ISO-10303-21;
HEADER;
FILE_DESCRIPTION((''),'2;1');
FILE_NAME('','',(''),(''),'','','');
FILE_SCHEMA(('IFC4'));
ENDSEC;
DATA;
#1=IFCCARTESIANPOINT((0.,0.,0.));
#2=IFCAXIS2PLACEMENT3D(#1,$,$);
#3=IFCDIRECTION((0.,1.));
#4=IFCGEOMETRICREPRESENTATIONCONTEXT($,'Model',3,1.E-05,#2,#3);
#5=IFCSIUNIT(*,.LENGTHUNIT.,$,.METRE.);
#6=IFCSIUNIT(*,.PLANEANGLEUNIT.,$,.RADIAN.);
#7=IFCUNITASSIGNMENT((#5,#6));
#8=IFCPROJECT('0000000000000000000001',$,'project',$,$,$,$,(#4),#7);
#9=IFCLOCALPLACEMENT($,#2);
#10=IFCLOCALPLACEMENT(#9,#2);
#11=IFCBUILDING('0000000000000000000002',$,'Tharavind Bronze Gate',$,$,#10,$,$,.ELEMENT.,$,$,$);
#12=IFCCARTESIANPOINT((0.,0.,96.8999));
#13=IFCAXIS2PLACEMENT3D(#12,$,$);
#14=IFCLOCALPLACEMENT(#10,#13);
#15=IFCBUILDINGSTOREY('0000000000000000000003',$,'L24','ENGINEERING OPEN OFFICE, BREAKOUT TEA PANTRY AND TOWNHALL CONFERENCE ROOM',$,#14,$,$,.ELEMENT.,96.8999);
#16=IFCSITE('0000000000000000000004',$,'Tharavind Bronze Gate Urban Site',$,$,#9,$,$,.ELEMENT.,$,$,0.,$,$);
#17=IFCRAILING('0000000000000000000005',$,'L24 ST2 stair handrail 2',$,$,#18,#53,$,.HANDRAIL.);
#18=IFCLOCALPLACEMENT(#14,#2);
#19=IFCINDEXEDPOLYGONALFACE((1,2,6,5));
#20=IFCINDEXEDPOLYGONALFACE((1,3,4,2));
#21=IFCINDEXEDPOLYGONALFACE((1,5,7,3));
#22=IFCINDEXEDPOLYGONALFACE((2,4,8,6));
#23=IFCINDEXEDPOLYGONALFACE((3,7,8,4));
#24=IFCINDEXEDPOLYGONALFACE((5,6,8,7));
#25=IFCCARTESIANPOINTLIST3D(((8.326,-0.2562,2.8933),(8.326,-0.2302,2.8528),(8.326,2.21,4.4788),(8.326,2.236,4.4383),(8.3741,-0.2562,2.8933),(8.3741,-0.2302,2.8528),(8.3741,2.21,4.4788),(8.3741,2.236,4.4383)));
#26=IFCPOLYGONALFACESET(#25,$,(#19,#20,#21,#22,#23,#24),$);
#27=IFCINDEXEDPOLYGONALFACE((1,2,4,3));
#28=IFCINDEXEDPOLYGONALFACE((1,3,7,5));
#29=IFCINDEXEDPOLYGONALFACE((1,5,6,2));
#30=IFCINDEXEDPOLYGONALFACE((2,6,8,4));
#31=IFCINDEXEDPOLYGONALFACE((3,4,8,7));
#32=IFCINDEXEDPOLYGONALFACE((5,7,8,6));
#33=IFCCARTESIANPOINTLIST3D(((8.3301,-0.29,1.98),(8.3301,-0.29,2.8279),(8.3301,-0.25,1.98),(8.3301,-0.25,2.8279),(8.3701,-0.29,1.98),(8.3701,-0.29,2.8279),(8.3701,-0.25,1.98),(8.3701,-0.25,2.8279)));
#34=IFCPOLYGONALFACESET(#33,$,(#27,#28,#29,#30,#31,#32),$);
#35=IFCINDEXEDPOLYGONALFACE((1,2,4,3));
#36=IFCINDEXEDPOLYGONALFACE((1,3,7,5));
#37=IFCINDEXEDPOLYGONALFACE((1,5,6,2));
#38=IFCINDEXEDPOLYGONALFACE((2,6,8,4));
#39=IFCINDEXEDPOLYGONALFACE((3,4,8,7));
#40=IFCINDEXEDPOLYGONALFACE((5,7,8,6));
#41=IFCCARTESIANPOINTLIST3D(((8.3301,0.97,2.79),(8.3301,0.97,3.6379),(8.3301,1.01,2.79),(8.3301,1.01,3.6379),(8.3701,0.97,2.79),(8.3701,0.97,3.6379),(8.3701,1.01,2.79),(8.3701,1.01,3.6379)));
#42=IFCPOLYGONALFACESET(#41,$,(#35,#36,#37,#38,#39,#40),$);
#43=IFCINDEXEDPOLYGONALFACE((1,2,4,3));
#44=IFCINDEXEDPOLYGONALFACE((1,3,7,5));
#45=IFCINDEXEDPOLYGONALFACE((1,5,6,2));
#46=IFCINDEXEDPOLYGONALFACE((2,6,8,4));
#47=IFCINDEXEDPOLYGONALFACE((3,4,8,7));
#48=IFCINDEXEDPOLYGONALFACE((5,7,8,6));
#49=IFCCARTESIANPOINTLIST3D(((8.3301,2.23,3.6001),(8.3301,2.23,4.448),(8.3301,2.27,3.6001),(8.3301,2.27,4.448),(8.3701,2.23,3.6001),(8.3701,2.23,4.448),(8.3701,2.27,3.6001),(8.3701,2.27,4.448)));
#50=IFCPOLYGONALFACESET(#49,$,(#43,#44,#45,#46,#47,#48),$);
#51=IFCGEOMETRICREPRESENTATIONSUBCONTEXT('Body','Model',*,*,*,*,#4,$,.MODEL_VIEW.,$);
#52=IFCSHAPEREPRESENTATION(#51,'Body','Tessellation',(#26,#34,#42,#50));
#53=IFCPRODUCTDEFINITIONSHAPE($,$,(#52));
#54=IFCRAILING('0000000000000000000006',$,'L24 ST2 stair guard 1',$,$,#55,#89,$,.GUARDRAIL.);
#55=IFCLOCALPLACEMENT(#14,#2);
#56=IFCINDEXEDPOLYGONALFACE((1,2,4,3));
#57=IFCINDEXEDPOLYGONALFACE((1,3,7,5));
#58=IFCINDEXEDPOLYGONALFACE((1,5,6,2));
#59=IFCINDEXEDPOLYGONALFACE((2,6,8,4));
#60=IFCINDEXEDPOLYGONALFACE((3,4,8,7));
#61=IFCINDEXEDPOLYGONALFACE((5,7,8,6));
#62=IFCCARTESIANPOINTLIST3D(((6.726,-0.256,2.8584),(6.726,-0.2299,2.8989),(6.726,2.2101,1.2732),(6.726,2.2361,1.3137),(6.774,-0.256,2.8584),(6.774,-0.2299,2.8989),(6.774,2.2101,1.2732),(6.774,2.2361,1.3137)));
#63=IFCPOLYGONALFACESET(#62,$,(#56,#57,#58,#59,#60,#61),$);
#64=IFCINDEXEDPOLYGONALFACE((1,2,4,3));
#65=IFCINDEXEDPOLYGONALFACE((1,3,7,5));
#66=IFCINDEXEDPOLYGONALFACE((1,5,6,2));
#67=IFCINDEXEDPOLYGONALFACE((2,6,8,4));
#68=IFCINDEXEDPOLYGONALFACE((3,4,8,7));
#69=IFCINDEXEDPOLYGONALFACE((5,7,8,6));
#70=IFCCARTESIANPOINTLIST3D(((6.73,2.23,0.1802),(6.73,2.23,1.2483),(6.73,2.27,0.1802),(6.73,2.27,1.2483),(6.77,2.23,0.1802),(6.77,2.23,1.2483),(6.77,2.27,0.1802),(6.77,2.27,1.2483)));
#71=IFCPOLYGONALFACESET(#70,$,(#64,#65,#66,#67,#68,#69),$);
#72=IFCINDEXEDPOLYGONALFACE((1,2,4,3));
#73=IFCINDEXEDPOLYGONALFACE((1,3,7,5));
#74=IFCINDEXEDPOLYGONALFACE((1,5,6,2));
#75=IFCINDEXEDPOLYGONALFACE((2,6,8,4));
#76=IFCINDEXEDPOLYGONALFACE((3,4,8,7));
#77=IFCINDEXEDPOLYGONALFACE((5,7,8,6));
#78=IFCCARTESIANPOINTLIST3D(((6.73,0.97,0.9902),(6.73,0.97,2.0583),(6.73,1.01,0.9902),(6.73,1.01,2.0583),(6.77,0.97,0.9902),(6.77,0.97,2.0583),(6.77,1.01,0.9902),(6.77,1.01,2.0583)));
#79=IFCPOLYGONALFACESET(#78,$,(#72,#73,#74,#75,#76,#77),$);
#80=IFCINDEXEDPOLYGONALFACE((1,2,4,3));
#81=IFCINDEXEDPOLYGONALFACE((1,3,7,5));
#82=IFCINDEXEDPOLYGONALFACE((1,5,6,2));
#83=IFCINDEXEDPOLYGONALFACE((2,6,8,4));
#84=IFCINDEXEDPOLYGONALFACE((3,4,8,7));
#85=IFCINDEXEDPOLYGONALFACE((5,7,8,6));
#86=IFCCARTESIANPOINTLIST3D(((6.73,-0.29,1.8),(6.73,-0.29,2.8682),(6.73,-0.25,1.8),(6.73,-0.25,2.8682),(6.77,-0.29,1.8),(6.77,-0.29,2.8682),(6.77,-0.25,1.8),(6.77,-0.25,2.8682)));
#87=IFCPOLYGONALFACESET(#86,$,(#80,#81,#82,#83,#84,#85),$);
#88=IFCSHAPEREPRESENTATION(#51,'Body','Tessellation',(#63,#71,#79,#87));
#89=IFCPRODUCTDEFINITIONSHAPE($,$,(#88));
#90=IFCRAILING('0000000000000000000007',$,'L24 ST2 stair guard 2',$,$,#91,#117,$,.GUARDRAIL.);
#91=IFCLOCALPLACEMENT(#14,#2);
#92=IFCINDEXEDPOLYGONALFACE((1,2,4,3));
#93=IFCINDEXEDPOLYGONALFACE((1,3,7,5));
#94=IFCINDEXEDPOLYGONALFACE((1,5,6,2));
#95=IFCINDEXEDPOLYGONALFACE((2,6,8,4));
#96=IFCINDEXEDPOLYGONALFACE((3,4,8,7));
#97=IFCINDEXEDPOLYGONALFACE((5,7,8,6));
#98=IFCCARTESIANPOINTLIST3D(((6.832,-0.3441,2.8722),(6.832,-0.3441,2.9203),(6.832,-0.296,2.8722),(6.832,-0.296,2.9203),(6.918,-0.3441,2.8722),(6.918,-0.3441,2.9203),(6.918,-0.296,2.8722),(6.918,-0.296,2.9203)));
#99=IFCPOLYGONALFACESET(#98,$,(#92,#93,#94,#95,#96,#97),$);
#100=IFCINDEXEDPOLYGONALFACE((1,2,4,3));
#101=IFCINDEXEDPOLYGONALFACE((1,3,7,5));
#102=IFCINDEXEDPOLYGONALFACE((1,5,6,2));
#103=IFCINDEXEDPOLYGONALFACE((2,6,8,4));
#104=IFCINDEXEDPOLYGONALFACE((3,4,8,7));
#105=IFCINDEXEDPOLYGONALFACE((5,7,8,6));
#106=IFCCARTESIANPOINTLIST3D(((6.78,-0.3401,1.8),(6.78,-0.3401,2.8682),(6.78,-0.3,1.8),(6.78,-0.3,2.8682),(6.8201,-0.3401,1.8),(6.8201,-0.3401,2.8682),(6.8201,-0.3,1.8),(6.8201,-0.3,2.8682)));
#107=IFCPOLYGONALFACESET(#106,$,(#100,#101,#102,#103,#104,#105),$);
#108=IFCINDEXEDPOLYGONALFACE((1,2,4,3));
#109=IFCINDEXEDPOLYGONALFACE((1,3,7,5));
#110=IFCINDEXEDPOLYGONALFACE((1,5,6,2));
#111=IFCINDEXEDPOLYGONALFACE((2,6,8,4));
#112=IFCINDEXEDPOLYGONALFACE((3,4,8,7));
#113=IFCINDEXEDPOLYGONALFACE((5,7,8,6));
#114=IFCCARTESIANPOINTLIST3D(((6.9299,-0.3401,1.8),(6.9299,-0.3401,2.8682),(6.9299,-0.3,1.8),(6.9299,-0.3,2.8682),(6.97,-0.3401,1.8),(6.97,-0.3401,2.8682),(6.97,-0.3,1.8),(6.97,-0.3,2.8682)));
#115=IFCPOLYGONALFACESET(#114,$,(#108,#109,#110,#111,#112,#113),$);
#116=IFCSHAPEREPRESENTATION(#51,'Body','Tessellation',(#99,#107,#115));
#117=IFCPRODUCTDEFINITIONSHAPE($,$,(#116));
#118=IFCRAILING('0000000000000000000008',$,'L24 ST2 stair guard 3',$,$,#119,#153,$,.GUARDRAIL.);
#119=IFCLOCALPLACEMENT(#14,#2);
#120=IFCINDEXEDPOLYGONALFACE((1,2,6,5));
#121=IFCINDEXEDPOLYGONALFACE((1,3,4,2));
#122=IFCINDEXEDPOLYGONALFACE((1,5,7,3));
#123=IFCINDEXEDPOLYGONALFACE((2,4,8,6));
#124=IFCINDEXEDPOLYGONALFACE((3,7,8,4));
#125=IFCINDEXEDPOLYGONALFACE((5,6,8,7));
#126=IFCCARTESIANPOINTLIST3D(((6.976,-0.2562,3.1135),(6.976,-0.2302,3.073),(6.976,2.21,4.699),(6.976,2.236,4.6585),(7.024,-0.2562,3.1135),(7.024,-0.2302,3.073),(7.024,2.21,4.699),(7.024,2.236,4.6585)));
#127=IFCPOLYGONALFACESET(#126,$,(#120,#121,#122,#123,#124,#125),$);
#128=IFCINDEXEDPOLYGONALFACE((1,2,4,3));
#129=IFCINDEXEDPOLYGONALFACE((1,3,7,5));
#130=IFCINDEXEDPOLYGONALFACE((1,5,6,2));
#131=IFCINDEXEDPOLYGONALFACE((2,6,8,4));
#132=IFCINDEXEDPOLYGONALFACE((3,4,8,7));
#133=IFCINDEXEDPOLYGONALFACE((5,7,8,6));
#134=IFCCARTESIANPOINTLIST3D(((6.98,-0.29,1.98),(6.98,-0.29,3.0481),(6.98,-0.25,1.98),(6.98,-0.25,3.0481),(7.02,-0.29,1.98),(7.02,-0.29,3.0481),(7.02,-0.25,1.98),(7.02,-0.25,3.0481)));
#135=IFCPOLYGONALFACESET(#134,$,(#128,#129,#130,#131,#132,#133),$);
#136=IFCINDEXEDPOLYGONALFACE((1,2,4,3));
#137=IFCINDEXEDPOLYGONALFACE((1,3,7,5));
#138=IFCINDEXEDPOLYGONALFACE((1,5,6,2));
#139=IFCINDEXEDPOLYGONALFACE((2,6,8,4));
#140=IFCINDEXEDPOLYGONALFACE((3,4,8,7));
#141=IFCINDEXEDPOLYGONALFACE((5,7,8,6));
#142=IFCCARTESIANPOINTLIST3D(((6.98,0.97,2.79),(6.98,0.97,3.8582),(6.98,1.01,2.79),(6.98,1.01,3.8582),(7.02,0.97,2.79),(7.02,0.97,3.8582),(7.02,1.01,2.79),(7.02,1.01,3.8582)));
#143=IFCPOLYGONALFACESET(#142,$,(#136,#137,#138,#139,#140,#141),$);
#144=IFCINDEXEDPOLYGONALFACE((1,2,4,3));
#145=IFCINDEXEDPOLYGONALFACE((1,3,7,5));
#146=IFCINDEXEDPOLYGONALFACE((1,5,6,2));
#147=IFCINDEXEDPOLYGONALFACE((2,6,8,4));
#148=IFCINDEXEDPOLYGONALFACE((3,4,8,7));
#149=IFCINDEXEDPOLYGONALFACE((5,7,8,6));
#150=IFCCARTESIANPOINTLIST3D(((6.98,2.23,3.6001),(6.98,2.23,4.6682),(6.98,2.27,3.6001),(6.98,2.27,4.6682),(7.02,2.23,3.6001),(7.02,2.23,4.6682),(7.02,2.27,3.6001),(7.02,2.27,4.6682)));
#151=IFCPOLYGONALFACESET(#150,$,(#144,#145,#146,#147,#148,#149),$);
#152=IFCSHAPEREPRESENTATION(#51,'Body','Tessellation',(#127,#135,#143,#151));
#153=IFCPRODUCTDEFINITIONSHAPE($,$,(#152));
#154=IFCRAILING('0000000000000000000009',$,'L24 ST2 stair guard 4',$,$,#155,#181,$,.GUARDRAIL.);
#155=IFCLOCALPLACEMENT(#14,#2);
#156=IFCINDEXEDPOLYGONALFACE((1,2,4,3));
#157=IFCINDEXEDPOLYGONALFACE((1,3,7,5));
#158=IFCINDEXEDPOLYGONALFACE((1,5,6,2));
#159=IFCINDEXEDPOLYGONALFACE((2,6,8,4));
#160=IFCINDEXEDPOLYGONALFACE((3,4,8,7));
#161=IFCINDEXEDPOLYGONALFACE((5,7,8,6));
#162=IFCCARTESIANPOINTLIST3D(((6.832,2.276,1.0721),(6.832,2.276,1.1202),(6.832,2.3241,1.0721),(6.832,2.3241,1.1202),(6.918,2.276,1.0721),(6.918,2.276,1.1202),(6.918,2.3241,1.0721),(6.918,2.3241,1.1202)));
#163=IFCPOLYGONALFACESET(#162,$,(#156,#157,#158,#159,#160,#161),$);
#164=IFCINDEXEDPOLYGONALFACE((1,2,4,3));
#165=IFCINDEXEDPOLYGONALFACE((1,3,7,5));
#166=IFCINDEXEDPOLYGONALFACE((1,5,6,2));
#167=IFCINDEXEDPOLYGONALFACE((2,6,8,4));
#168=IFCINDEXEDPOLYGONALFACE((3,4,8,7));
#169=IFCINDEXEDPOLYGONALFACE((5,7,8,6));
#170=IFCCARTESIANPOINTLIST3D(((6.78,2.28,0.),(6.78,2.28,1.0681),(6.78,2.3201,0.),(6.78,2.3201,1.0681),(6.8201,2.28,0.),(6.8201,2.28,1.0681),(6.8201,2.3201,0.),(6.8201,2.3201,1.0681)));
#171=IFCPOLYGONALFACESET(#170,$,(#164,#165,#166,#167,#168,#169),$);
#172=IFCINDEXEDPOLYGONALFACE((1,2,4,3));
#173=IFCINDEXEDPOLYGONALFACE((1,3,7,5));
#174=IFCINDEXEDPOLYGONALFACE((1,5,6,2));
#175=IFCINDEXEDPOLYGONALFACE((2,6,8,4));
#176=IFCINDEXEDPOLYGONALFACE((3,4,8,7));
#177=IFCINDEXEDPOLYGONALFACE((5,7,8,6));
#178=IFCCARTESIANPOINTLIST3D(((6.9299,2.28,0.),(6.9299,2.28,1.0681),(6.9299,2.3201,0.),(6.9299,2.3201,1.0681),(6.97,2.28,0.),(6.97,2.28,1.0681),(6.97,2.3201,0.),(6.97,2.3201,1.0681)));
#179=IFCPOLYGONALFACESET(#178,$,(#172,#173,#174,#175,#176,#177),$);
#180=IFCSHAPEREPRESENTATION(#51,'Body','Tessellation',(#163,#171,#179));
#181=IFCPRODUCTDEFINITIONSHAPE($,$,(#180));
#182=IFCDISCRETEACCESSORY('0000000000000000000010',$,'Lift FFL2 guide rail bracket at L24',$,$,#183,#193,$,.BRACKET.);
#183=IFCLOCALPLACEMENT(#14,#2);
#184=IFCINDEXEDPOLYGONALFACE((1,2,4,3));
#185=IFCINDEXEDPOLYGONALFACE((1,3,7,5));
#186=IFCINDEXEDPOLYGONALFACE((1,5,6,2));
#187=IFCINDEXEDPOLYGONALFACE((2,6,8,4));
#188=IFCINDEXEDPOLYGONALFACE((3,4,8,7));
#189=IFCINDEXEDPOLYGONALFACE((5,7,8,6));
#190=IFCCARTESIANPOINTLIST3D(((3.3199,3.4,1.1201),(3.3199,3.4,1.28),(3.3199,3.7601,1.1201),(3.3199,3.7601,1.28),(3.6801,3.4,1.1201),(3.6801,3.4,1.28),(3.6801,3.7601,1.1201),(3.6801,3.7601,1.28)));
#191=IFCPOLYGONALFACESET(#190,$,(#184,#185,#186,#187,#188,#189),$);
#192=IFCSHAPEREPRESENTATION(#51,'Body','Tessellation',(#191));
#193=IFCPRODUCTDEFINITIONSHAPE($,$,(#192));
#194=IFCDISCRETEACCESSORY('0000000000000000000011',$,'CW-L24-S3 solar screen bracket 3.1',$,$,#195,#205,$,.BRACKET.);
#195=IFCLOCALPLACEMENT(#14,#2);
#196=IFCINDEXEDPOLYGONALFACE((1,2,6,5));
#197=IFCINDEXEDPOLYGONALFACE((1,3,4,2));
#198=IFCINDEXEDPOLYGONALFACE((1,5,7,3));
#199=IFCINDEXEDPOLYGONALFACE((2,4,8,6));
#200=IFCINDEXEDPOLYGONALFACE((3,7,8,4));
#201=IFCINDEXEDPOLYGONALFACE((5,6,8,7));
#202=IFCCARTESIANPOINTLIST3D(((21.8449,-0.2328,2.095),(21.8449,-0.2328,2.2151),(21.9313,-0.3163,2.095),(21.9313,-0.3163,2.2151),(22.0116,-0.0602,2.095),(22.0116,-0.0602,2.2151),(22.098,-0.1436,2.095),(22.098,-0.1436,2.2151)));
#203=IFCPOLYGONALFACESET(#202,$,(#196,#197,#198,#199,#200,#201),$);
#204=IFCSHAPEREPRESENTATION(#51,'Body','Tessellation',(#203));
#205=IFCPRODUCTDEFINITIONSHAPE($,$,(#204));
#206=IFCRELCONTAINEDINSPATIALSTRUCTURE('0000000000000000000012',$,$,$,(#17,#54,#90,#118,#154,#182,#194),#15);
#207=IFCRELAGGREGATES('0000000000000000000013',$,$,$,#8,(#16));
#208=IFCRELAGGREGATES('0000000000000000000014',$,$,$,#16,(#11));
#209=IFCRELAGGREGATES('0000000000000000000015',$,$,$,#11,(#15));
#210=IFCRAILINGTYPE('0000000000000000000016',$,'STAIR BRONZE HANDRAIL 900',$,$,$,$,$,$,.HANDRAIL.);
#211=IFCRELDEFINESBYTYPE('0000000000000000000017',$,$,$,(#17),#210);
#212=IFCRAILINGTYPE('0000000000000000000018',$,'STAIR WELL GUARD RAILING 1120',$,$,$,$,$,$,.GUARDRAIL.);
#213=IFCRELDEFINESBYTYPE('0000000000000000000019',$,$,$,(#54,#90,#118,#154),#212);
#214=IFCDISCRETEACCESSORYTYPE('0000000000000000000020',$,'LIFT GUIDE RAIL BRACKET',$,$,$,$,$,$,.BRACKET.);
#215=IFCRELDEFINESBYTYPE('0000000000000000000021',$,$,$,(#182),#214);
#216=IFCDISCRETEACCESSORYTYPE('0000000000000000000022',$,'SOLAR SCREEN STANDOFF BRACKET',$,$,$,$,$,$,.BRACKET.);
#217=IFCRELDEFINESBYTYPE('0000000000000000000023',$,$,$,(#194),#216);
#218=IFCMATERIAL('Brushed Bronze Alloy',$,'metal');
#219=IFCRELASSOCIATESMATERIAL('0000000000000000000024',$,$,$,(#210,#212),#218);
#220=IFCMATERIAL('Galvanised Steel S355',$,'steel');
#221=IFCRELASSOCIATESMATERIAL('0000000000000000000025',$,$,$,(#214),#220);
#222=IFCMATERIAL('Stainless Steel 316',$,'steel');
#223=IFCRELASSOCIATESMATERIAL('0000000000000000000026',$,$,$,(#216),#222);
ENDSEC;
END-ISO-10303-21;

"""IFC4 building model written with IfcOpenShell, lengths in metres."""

from ifc_helpers import new_model, si_unit, direction, frame, origin, origin_2d, place, context, subcontext, project, spatial, rectangle, extrude, material, type_object, element, save


model = new_model("IFC4")

# Units and contexts
model_context = context("Model", 3, precision=1e-05, world=origin(), true_north=direction((0.0, 1.0)))
body_context = subcontext(model_context, "Body", "Model", "MODEL_VIEW")
ifc_project = project(units=[si_unit("LENGTHUNIT", "METRE"), si_unit("PLANEANGLEUNIT", "RADIAN")], contexts=[model_context])

# Site, building, storey
site_placement = place(None, origin())
site = spatial("IfcSite", under=ifc_project, at=site_placement, Name="Tharavind Bronze Gate Urban Site", CompositionType="ELEMENT", RefElevation=0.0)
building_placement = place(site_placement, origin())
building = spatial("IfcBuilding", under=site, at=building_placement, Name="Tharavind Bronze Gate", CompositionType="ELEMENT")
storey_placement = place(building_placement, frame((0.0, 0.0, 96.8999)))
storey = spatial("IfcBuildingStorey", under=building, at=storey_placement, Name="L24", Description="ENGINEERING OPEN OFFICE, BREAKOUT TEA PANTRY AND TOWNHALL CONFERENCE ROOM", CompositionType="ELEMENT", Elevation=96.8999)

# Railings
ifc_material_1 = material(Name="Brushed Bronze Alloy", Category="metal")
railing_type_1 = type_object("IfcRailingType", Name="STAIR BRONZE HANDRAIL 900", PredefinedType="HANDRAIL", material=ifc_material_1)
railing_1_placement = place(storey_placement, frame((8.3501, -0.27, 1.98)))
element("IfcRailing", 1, at=railing_1_placement, inside=storey, type_object=railing_type_1, Name="L24 ST2 stair handrail 2", PredefinedType="HANDRAIL", context=body_context, shape_type="SweptSolid", body=[
    extrude(rectangle(XDim=0.0481, YDim=0.0481, at=origin_2d()), frame((0.0, 0.0269, 0.8931), z_axis=(0.0, 0.841163, 0.540782), x_axis=(-1.0, 0.0, 0.0)), (0.0, 0.0, 1.0), 2.9319),
    extrude(rectangle(XDim=0.04, YDim=0.04, at=origin_2d()), origin(), (0.0, 0.0, 1.0), 0.8479),
    extrude(rectangle(XDim=0.04, YDim=0.04, at=origin_2d()), frame((0.0, 1.26, 0.8101)), (0.0, 0.0, 1.0), 0.8479),
    extrude(rectangle(XDim=0.04, YDim=0.04, at=origin_2d()), frame((0.0, 2.52, 1.6201)), (0.0, 0.0, 1.0), 0.8479),
])
railing_type_2 = type_object("IfcRailingType", Name="STAIR WELL GUARD RAILING 1120", PredefinedType="GUARDRAIL", material=ifc_material_1)
railing_2_placement = place(storey_placement, frame((6.75, 2.25, 0.1802)))
element("IfcRailing", 2, at=railing_2_placement, inside=storey, type_object=railing_type_2, Name="L24 ST2 stair guard 1", PredefinedType="GUARDRAIL", context=body_context, shape_type="SweptSolid", body=[
    extrude(rectangle(XDim=0.0481, YDim=0.0481, at=origin_2d()), frame((0.0, -0.0269, 1.1133), z_axis=(0.0, -0.8412, 0.540725), x_axis=(1.0, 0.0, 0.0)), (0.0, 0.0, 1.0), 2.9316),
    extrude(rectangle(XDim=0.04, YDim=0.04, at=origin_2d()), origin(), (0.0, 0.0, 1.0), 1.0681),
    extrude(rectangle(XDim=0.04, YDim=0.04, at=origin_2d()), frame((0.0, -1.26, 0.8101)), (0.0, 0.0, 1.0), 1.0681),
    extrude(rectangle(XDim=0.04, YDim=0.04, at=origin_2d()), frame((0.0, -2.52, 1.6199)), (0.0, 0.0, 1.0), 1.0681),
])
railing_3_placement = place(storey_placement, frame((6.8, -0.3201, 1.8)))
element("IfcRailing", 3, at=railing_3_placement, inside=storey, type_object=railing_type_2, Name="L24 ST2 stair guard 2", PredefinedType="GUARDRAIL", context=body_context, shape_type="SweptSolid", body=[
    extrude(rectangle(XDim=0.0481, YDim=0.0481, at=origin_2d()), frame((0.032, 0.0, 1.0962), z_axis=(1.0, 0.0, 0.0), x_axis=(0.0, 1.0, 0.0)), (0.0, 0.0, 1.0), 0.0859),
    extrude(rectangle(XDim=0.04, YDim=0.04, at=origin_2d()), origin(), (0.0, 0.0, 1.0), 1.0681),
    extrude(rectangle(XDim=0.04, YDim=0.04, at=origin_2d()), frame((0.1499, 0.0, 0.0)), (0.0, 0.0, 1.0), 1.0681),
])
railing_4_placement = place(storey_placement, frame((7.0, -0.27, 1.98)))
element("IfcRailing", 4, at=railing_4_placement, inside=storey, type_object=railing_type_2, Name="L24 ST2 stair guard 3", PredefinedType="GUARDRAIL", context=body_context, shape_type="SweptSolid", body=[
    extrude(rectangle(XDim=0.0481, YDim=0.0481, at=origin_2d()), frame((0.0, 0.0269, 1.1133), z_axis=(0.0, 0.841163, 0.540782), x_axis=(-1.0, 0.0, 0.0)), (0.0, 0.0, 1.0), 2.9319),
    extrude(rectangle(XDim=0.04, YDim=0.04, at=origin_2d()), origin(), (0.0, 0.0, 1.0), 1.0681),
    extrude(rectangle(XDim=0.04, YDim=0.04, at=origin_2d()), frame((0.0, 1.26, 0.8101)), (0.0, 0.0, 1.0), 1.0681),
    extrude(rectangle(XDim=0.04, YDim=0.04, at=origin_2d()), frame((0.0, 2.52, 1.6201)), (0.0, 0.0, 1.0), 1.0681),
])
railing_5_placement = place(storey_placement, frame((6.8, 2.3, 0.0)))
element("IfcRailing", 5, at=railing_5_placement, inside=storey, type_object=railing_type_2, Name="L24 ST2 stair guard 4", PredefinedType="GUARDRAIL", context=body_context, shape_type="SweptSolid", body=[
    extrude(rectangle(XDim=0.0481, YDim=0.0481, at=origin_2d()), frame((0.032, 0.0, 1.0962), z_axis=(1.0, 0.0, 0.0), x_axis=(0.0, 1.0, 0.0)), (0.0, 0.0, 1.0), 0.0859),
    extrude(rectangle(XDim=0.04, YDim=0.04, at=origin_2d()), origin(), (0.0, 0.0, 1.0), 1.0681),
    extrude(rectangle(XDim=0.04, YDim=0.04, at=origin_2d()), frame((0.1499, 0.0, 0.0)), (0.0, 0.0, 1.0), 1.0681),
])

# Discrete accessories
ifc_material_2 = material(Name="Galvanised Steel S355", Category="steel")
discrete_accessory_type_1 = type_object("IfcDiscreteAccessoryType", Name="LIFT GUIDE RAIL BRACKET", PredefinedType="BRACKET", material=ifc_material_2)
discrete_accessory_1_placement = place(storey_placement, frame((3.5, 3.5801, 1.1201), z_axis=(0.0, 0.0, 1.0), x_axis=(1.0, 0.0, 0.0)))
element("IfcDiscreteAccessory", 6, at=discrete_accessory_1_placement, inside=storey, type_object=discrete_accessory_type_1, Name="Lift FFL2 guide rail bracket at L24", PredefinedType="BRACKET", context=body_context, shape_type="SweptSolid", body=[
    extrude(rectangle(XDim=0.3601, YDim=0.3601, at=origin_2d()), origin(), (0.0, 0.0, 1.0), 0.1599),
])
ifc_material_3 = material(Name="Stainless Steel 316", Category="steel")
discrete_accessory_type_2 = type_object("IfcDiscreteAccessoryType", Name="SOLAR SCREEN STANDOFF BRACKET", PredefinedType="BRACKET", material=ifc_material_3)
discrete_accessory_2_placement = place(storey_placement, frame((21.9714, -0.1882, 2.095), z_axis=(0.0, 0.0, 1.0), x_axis=(-0.719341, 0.694657, 0.0)))
element("IfcDiscreteAccessory", 7, at=discrete_accessory_2_placement, inside=storey, type_object=discrete_accessory_type_2, Name="CW-L24-S3 solar screen bracket 3.1", PredefinedType="BRACKET", context=body_context, shape_type="SweptSolid", body=[
    extrude(rectangle(XDim=0.1201, YDim=0.24, at=origin_2d()), origin(), (0.0, 0.0, 1.0), 0.1201),
])

save(model, "model.ifc")
